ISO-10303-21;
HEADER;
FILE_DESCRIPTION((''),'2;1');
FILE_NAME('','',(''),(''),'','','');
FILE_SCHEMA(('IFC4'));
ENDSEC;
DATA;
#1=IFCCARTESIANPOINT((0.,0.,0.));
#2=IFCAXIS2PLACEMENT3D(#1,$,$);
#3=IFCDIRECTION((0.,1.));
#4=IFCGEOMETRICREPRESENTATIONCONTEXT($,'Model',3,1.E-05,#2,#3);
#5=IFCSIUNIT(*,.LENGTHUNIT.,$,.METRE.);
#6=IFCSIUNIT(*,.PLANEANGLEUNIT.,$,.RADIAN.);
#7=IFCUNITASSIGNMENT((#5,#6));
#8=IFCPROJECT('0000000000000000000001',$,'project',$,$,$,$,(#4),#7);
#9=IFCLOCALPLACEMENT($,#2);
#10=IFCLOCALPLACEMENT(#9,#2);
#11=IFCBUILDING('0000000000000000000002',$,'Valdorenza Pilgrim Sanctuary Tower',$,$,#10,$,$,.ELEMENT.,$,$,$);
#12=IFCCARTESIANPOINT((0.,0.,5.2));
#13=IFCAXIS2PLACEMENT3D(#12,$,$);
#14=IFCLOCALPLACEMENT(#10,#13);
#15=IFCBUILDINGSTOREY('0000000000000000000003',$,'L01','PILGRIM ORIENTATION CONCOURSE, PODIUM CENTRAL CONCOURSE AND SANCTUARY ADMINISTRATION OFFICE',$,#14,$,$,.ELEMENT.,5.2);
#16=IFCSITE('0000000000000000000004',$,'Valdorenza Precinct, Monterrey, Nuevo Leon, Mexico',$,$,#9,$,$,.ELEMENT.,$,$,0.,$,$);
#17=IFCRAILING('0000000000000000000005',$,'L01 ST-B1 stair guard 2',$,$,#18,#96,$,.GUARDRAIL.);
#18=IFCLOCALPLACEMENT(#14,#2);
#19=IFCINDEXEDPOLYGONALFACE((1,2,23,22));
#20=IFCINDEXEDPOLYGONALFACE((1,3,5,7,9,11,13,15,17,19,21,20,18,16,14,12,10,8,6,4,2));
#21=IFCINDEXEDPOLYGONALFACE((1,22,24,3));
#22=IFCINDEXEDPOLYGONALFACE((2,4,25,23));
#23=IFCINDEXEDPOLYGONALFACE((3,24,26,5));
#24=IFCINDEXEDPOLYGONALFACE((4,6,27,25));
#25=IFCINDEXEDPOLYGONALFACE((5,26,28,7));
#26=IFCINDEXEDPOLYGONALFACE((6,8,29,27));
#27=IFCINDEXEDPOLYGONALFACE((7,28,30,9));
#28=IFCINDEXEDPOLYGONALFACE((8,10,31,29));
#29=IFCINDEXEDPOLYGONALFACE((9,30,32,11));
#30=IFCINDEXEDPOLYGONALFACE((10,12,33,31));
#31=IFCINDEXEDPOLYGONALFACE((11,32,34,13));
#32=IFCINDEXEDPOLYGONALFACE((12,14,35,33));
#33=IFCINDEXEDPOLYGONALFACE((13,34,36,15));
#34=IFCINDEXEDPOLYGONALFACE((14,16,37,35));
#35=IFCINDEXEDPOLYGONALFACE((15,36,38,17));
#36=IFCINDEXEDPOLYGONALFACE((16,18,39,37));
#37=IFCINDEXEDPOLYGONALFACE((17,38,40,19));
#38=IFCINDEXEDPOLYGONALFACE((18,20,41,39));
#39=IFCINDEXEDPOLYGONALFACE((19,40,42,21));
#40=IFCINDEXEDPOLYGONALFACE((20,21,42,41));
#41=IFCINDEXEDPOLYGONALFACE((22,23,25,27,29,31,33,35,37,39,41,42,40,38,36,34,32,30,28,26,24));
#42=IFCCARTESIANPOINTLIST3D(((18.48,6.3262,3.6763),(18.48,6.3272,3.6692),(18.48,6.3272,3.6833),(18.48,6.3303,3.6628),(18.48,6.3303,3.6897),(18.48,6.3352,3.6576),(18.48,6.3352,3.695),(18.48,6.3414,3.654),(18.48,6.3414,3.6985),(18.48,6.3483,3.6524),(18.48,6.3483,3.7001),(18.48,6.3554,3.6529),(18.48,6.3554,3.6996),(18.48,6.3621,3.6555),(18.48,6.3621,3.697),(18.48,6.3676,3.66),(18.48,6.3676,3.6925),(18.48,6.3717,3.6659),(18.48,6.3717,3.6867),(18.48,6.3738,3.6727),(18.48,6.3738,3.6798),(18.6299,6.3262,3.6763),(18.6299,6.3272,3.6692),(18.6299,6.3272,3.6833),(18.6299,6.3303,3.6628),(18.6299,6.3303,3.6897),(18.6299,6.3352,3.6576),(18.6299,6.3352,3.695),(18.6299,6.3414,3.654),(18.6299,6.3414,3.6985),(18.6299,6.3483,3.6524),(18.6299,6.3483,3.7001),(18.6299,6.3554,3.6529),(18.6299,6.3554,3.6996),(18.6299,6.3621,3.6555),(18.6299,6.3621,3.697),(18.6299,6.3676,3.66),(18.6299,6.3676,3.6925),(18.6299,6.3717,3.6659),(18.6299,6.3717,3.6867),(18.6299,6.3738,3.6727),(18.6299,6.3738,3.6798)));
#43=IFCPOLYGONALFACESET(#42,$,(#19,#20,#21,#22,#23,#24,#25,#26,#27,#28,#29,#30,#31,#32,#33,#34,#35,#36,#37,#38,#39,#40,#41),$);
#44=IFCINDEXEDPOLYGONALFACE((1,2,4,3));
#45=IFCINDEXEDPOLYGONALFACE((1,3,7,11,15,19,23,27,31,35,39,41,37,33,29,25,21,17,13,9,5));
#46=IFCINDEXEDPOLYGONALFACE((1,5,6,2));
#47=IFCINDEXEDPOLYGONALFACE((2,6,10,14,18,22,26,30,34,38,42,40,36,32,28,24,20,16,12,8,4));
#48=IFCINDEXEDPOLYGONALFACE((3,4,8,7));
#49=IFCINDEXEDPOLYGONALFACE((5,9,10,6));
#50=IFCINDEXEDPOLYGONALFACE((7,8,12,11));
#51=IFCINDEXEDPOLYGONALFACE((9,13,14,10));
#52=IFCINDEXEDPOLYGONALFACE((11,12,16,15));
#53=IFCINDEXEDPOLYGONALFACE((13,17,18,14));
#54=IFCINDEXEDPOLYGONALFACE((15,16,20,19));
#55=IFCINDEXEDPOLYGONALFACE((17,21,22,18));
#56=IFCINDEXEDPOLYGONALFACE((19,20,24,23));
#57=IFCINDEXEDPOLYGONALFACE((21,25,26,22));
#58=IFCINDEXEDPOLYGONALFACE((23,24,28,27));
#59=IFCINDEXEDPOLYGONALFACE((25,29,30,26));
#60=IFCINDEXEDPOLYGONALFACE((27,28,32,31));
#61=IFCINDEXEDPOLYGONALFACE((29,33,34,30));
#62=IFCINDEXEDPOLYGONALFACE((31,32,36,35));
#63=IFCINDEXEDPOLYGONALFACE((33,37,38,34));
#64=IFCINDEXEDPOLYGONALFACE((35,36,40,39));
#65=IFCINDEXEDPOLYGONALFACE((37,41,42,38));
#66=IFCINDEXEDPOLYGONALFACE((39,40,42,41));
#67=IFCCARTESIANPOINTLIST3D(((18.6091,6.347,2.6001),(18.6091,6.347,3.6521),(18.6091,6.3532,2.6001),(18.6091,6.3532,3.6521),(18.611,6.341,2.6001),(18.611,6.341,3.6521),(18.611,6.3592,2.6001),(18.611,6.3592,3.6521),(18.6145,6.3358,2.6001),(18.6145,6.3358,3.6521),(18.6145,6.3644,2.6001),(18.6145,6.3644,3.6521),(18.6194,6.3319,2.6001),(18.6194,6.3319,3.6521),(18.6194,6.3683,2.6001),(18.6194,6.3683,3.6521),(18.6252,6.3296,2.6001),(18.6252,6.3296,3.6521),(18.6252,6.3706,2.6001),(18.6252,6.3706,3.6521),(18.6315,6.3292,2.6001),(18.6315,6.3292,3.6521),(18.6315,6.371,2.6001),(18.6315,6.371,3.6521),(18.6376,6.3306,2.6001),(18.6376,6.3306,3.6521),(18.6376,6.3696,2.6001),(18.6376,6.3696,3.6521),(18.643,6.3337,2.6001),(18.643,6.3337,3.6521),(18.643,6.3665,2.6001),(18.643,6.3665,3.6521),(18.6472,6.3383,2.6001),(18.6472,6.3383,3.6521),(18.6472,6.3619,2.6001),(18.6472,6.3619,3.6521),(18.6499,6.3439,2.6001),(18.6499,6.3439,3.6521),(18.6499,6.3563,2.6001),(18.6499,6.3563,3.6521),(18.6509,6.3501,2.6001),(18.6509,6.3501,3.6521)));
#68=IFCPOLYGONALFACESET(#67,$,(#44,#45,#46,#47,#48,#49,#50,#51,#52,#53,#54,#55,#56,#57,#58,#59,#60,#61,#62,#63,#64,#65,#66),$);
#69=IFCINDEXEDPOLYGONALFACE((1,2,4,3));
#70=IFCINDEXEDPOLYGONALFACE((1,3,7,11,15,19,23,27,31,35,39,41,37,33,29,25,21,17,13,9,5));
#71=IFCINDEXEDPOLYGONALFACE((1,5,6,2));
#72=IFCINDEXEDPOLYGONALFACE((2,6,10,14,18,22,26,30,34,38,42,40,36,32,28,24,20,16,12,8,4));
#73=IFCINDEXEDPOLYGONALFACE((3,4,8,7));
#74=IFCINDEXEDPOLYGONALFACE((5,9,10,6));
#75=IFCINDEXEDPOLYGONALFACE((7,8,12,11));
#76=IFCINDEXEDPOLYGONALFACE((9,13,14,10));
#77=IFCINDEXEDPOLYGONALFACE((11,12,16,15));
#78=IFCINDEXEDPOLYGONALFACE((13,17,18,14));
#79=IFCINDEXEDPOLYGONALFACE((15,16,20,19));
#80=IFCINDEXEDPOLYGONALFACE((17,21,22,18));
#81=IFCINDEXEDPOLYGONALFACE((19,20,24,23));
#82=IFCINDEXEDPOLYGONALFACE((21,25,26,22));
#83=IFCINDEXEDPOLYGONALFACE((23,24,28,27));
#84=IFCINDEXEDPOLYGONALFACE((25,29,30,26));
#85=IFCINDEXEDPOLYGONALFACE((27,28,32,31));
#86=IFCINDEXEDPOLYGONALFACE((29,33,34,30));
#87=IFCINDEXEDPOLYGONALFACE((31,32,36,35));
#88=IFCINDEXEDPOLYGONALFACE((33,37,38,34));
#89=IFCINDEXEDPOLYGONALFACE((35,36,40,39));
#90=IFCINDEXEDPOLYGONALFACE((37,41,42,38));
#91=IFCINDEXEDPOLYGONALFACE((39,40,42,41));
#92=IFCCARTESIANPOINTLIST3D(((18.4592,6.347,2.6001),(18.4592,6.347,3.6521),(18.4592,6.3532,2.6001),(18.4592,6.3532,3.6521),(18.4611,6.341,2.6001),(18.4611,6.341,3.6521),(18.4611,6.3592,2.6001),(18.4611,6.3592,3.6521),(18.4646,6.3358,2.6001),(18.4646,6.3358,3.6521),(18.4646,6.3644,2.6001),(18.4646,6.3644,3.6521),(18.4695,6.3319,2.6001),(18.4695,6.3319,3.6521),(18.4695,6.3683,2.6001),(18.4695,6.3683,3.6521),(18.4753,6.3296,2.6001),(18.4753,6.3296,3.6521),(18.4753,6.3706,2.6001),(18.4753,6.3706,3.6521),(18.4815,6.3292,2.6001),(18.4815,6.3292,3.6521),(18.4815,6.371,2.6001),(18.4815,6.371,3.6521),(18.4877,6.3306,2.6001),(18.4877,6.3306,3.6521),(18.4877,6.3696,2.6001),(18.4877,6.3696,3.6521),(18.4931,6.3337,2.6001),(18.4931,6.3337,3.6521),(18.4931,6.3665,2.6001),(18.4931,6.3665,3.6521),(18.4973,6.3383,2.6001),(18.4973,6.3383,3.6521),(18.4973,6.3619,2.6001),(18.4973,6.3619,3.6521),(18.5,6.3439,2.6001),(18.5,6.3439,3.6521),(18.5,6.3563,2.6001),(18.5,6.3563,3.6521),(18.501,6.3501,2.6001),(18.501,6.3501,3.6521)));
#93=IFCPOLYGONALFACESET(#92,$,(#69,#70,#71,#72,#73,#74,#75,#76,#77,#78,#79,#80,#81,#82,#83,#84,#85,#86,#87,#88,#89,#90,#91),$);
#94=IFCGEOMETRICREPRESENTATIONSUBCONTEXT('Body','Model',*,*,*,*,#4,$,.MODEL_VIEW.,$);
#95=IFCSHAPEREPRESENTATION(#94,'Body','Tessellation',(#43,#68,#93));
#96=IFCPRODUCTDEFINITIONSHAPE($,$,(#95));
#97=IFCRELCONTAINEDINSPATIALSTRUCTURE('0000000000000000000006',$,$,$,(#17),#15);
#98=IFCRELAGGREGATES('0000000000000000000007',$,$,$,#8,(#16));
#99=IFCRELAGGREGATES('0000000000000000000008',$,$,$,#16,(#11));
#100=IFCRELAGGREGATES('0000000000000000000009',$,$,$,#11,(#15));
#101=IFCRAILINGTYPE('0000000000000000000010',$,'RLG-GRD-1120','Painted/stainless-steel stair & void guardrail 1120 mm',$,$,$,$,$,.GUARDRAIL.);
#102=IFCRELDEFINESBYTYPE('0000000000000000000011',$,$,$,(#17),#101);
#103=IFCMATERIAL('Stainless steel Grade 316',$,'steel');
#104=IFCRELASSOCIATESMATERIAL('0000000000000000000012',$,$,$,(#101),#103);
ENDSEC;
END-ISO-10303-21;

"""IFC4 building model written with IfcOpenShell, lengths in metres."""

from ifc_helpers import new_model, si_unit, direction, frame, origin, origin_2d, place, context, subcontext, project, spatial, circle, extrude, material, type_object, element, save


model = new_model("IFC4")

# Units and contexts
model_context = context("Model", 3, precision=1e-05, world=origin(), true_north=direction((0.0, 1.0)))
body_context = subcontext(model_context, "Body", "Model", "MODEL_VIEW")
ifc_project = project(units=[si_unit("LENGTHUNIT", "METRE"), si_unit("PLANEANGLEUNIT", "RADIAN")], contexts=[model_context])

# Site, building, storey
site_placement = place(None, origin())
site = spatial("IfcSite", under=ifc_project, at=site_placement, Name="Valdorenza Precinct, Monterrey, Nuevo Leon, Mexico", CompositionType="ELEMENT", RefElevation=0.0)
building_placement = place(site_placement, origin())
building = spatial("IfcBuilding", under=site, at=building_placement, Name="Valdorenza Pilgrim Sanctuary Tower", CompositionType="ELEMENT")
storey_placement = place(building_placement, frame((0.0, 0.0, 5.2)))
storey = spatial("IfcBuildingStorey", under=building, at=storey_placement, Name="L01", Description="PILGRIM ORIENTATION CONCOURSE, PODIUM CENTRAL CONCOURSE AND SANCTUARY ADMINISTRATION OFFICE", CompositionType="ELEMENT", Elevation=5.2)

# Railing
ifc_material_1 = material(Name="Stainless steel Grade 316", Category="steel")
railing_type_1 = type_object("IfcRailingType", Name="RLG-GRD-1120", Description="Painted/stainless-steel stair & void guardrail 1120 mm", PredefinedType="GUARDRAIL", material=ifc_material_1)
railing_1_placement = place(storey_placement, frame((18.6299, 6.3501, 2.6001)))
element("IfcRailing", 1, at=railing_1_placement, inside=storey, type_object=railing_type_1, Name="L01 ST-B1 stair guard 2", PredefinedType="GUARDRAIL", context=body_context, shape_type="SweptSolid", body=[
    extrude(circle(Radius=0.0239, at=origin_2d()), frame((0.0, 0.0, 1.0762), z_axis=(-1.0, 0.0, 0.0), x_axis=(0.0, -1.0, 0.0)), (0.0, 0.0, 1.0), 0.1499),
    extrude(circle(Radius=0.021, at=origin_2d()), origin(), (0.0, 0.0, 1.0), 1.052),
    extrude(circle(Radius=0.021, at=origin_2d()), frame((-0.1499, 0.0, 0.0)), (0.0, 0.0, 1.0), 1.052),
])

save(model, "model.ifc")
